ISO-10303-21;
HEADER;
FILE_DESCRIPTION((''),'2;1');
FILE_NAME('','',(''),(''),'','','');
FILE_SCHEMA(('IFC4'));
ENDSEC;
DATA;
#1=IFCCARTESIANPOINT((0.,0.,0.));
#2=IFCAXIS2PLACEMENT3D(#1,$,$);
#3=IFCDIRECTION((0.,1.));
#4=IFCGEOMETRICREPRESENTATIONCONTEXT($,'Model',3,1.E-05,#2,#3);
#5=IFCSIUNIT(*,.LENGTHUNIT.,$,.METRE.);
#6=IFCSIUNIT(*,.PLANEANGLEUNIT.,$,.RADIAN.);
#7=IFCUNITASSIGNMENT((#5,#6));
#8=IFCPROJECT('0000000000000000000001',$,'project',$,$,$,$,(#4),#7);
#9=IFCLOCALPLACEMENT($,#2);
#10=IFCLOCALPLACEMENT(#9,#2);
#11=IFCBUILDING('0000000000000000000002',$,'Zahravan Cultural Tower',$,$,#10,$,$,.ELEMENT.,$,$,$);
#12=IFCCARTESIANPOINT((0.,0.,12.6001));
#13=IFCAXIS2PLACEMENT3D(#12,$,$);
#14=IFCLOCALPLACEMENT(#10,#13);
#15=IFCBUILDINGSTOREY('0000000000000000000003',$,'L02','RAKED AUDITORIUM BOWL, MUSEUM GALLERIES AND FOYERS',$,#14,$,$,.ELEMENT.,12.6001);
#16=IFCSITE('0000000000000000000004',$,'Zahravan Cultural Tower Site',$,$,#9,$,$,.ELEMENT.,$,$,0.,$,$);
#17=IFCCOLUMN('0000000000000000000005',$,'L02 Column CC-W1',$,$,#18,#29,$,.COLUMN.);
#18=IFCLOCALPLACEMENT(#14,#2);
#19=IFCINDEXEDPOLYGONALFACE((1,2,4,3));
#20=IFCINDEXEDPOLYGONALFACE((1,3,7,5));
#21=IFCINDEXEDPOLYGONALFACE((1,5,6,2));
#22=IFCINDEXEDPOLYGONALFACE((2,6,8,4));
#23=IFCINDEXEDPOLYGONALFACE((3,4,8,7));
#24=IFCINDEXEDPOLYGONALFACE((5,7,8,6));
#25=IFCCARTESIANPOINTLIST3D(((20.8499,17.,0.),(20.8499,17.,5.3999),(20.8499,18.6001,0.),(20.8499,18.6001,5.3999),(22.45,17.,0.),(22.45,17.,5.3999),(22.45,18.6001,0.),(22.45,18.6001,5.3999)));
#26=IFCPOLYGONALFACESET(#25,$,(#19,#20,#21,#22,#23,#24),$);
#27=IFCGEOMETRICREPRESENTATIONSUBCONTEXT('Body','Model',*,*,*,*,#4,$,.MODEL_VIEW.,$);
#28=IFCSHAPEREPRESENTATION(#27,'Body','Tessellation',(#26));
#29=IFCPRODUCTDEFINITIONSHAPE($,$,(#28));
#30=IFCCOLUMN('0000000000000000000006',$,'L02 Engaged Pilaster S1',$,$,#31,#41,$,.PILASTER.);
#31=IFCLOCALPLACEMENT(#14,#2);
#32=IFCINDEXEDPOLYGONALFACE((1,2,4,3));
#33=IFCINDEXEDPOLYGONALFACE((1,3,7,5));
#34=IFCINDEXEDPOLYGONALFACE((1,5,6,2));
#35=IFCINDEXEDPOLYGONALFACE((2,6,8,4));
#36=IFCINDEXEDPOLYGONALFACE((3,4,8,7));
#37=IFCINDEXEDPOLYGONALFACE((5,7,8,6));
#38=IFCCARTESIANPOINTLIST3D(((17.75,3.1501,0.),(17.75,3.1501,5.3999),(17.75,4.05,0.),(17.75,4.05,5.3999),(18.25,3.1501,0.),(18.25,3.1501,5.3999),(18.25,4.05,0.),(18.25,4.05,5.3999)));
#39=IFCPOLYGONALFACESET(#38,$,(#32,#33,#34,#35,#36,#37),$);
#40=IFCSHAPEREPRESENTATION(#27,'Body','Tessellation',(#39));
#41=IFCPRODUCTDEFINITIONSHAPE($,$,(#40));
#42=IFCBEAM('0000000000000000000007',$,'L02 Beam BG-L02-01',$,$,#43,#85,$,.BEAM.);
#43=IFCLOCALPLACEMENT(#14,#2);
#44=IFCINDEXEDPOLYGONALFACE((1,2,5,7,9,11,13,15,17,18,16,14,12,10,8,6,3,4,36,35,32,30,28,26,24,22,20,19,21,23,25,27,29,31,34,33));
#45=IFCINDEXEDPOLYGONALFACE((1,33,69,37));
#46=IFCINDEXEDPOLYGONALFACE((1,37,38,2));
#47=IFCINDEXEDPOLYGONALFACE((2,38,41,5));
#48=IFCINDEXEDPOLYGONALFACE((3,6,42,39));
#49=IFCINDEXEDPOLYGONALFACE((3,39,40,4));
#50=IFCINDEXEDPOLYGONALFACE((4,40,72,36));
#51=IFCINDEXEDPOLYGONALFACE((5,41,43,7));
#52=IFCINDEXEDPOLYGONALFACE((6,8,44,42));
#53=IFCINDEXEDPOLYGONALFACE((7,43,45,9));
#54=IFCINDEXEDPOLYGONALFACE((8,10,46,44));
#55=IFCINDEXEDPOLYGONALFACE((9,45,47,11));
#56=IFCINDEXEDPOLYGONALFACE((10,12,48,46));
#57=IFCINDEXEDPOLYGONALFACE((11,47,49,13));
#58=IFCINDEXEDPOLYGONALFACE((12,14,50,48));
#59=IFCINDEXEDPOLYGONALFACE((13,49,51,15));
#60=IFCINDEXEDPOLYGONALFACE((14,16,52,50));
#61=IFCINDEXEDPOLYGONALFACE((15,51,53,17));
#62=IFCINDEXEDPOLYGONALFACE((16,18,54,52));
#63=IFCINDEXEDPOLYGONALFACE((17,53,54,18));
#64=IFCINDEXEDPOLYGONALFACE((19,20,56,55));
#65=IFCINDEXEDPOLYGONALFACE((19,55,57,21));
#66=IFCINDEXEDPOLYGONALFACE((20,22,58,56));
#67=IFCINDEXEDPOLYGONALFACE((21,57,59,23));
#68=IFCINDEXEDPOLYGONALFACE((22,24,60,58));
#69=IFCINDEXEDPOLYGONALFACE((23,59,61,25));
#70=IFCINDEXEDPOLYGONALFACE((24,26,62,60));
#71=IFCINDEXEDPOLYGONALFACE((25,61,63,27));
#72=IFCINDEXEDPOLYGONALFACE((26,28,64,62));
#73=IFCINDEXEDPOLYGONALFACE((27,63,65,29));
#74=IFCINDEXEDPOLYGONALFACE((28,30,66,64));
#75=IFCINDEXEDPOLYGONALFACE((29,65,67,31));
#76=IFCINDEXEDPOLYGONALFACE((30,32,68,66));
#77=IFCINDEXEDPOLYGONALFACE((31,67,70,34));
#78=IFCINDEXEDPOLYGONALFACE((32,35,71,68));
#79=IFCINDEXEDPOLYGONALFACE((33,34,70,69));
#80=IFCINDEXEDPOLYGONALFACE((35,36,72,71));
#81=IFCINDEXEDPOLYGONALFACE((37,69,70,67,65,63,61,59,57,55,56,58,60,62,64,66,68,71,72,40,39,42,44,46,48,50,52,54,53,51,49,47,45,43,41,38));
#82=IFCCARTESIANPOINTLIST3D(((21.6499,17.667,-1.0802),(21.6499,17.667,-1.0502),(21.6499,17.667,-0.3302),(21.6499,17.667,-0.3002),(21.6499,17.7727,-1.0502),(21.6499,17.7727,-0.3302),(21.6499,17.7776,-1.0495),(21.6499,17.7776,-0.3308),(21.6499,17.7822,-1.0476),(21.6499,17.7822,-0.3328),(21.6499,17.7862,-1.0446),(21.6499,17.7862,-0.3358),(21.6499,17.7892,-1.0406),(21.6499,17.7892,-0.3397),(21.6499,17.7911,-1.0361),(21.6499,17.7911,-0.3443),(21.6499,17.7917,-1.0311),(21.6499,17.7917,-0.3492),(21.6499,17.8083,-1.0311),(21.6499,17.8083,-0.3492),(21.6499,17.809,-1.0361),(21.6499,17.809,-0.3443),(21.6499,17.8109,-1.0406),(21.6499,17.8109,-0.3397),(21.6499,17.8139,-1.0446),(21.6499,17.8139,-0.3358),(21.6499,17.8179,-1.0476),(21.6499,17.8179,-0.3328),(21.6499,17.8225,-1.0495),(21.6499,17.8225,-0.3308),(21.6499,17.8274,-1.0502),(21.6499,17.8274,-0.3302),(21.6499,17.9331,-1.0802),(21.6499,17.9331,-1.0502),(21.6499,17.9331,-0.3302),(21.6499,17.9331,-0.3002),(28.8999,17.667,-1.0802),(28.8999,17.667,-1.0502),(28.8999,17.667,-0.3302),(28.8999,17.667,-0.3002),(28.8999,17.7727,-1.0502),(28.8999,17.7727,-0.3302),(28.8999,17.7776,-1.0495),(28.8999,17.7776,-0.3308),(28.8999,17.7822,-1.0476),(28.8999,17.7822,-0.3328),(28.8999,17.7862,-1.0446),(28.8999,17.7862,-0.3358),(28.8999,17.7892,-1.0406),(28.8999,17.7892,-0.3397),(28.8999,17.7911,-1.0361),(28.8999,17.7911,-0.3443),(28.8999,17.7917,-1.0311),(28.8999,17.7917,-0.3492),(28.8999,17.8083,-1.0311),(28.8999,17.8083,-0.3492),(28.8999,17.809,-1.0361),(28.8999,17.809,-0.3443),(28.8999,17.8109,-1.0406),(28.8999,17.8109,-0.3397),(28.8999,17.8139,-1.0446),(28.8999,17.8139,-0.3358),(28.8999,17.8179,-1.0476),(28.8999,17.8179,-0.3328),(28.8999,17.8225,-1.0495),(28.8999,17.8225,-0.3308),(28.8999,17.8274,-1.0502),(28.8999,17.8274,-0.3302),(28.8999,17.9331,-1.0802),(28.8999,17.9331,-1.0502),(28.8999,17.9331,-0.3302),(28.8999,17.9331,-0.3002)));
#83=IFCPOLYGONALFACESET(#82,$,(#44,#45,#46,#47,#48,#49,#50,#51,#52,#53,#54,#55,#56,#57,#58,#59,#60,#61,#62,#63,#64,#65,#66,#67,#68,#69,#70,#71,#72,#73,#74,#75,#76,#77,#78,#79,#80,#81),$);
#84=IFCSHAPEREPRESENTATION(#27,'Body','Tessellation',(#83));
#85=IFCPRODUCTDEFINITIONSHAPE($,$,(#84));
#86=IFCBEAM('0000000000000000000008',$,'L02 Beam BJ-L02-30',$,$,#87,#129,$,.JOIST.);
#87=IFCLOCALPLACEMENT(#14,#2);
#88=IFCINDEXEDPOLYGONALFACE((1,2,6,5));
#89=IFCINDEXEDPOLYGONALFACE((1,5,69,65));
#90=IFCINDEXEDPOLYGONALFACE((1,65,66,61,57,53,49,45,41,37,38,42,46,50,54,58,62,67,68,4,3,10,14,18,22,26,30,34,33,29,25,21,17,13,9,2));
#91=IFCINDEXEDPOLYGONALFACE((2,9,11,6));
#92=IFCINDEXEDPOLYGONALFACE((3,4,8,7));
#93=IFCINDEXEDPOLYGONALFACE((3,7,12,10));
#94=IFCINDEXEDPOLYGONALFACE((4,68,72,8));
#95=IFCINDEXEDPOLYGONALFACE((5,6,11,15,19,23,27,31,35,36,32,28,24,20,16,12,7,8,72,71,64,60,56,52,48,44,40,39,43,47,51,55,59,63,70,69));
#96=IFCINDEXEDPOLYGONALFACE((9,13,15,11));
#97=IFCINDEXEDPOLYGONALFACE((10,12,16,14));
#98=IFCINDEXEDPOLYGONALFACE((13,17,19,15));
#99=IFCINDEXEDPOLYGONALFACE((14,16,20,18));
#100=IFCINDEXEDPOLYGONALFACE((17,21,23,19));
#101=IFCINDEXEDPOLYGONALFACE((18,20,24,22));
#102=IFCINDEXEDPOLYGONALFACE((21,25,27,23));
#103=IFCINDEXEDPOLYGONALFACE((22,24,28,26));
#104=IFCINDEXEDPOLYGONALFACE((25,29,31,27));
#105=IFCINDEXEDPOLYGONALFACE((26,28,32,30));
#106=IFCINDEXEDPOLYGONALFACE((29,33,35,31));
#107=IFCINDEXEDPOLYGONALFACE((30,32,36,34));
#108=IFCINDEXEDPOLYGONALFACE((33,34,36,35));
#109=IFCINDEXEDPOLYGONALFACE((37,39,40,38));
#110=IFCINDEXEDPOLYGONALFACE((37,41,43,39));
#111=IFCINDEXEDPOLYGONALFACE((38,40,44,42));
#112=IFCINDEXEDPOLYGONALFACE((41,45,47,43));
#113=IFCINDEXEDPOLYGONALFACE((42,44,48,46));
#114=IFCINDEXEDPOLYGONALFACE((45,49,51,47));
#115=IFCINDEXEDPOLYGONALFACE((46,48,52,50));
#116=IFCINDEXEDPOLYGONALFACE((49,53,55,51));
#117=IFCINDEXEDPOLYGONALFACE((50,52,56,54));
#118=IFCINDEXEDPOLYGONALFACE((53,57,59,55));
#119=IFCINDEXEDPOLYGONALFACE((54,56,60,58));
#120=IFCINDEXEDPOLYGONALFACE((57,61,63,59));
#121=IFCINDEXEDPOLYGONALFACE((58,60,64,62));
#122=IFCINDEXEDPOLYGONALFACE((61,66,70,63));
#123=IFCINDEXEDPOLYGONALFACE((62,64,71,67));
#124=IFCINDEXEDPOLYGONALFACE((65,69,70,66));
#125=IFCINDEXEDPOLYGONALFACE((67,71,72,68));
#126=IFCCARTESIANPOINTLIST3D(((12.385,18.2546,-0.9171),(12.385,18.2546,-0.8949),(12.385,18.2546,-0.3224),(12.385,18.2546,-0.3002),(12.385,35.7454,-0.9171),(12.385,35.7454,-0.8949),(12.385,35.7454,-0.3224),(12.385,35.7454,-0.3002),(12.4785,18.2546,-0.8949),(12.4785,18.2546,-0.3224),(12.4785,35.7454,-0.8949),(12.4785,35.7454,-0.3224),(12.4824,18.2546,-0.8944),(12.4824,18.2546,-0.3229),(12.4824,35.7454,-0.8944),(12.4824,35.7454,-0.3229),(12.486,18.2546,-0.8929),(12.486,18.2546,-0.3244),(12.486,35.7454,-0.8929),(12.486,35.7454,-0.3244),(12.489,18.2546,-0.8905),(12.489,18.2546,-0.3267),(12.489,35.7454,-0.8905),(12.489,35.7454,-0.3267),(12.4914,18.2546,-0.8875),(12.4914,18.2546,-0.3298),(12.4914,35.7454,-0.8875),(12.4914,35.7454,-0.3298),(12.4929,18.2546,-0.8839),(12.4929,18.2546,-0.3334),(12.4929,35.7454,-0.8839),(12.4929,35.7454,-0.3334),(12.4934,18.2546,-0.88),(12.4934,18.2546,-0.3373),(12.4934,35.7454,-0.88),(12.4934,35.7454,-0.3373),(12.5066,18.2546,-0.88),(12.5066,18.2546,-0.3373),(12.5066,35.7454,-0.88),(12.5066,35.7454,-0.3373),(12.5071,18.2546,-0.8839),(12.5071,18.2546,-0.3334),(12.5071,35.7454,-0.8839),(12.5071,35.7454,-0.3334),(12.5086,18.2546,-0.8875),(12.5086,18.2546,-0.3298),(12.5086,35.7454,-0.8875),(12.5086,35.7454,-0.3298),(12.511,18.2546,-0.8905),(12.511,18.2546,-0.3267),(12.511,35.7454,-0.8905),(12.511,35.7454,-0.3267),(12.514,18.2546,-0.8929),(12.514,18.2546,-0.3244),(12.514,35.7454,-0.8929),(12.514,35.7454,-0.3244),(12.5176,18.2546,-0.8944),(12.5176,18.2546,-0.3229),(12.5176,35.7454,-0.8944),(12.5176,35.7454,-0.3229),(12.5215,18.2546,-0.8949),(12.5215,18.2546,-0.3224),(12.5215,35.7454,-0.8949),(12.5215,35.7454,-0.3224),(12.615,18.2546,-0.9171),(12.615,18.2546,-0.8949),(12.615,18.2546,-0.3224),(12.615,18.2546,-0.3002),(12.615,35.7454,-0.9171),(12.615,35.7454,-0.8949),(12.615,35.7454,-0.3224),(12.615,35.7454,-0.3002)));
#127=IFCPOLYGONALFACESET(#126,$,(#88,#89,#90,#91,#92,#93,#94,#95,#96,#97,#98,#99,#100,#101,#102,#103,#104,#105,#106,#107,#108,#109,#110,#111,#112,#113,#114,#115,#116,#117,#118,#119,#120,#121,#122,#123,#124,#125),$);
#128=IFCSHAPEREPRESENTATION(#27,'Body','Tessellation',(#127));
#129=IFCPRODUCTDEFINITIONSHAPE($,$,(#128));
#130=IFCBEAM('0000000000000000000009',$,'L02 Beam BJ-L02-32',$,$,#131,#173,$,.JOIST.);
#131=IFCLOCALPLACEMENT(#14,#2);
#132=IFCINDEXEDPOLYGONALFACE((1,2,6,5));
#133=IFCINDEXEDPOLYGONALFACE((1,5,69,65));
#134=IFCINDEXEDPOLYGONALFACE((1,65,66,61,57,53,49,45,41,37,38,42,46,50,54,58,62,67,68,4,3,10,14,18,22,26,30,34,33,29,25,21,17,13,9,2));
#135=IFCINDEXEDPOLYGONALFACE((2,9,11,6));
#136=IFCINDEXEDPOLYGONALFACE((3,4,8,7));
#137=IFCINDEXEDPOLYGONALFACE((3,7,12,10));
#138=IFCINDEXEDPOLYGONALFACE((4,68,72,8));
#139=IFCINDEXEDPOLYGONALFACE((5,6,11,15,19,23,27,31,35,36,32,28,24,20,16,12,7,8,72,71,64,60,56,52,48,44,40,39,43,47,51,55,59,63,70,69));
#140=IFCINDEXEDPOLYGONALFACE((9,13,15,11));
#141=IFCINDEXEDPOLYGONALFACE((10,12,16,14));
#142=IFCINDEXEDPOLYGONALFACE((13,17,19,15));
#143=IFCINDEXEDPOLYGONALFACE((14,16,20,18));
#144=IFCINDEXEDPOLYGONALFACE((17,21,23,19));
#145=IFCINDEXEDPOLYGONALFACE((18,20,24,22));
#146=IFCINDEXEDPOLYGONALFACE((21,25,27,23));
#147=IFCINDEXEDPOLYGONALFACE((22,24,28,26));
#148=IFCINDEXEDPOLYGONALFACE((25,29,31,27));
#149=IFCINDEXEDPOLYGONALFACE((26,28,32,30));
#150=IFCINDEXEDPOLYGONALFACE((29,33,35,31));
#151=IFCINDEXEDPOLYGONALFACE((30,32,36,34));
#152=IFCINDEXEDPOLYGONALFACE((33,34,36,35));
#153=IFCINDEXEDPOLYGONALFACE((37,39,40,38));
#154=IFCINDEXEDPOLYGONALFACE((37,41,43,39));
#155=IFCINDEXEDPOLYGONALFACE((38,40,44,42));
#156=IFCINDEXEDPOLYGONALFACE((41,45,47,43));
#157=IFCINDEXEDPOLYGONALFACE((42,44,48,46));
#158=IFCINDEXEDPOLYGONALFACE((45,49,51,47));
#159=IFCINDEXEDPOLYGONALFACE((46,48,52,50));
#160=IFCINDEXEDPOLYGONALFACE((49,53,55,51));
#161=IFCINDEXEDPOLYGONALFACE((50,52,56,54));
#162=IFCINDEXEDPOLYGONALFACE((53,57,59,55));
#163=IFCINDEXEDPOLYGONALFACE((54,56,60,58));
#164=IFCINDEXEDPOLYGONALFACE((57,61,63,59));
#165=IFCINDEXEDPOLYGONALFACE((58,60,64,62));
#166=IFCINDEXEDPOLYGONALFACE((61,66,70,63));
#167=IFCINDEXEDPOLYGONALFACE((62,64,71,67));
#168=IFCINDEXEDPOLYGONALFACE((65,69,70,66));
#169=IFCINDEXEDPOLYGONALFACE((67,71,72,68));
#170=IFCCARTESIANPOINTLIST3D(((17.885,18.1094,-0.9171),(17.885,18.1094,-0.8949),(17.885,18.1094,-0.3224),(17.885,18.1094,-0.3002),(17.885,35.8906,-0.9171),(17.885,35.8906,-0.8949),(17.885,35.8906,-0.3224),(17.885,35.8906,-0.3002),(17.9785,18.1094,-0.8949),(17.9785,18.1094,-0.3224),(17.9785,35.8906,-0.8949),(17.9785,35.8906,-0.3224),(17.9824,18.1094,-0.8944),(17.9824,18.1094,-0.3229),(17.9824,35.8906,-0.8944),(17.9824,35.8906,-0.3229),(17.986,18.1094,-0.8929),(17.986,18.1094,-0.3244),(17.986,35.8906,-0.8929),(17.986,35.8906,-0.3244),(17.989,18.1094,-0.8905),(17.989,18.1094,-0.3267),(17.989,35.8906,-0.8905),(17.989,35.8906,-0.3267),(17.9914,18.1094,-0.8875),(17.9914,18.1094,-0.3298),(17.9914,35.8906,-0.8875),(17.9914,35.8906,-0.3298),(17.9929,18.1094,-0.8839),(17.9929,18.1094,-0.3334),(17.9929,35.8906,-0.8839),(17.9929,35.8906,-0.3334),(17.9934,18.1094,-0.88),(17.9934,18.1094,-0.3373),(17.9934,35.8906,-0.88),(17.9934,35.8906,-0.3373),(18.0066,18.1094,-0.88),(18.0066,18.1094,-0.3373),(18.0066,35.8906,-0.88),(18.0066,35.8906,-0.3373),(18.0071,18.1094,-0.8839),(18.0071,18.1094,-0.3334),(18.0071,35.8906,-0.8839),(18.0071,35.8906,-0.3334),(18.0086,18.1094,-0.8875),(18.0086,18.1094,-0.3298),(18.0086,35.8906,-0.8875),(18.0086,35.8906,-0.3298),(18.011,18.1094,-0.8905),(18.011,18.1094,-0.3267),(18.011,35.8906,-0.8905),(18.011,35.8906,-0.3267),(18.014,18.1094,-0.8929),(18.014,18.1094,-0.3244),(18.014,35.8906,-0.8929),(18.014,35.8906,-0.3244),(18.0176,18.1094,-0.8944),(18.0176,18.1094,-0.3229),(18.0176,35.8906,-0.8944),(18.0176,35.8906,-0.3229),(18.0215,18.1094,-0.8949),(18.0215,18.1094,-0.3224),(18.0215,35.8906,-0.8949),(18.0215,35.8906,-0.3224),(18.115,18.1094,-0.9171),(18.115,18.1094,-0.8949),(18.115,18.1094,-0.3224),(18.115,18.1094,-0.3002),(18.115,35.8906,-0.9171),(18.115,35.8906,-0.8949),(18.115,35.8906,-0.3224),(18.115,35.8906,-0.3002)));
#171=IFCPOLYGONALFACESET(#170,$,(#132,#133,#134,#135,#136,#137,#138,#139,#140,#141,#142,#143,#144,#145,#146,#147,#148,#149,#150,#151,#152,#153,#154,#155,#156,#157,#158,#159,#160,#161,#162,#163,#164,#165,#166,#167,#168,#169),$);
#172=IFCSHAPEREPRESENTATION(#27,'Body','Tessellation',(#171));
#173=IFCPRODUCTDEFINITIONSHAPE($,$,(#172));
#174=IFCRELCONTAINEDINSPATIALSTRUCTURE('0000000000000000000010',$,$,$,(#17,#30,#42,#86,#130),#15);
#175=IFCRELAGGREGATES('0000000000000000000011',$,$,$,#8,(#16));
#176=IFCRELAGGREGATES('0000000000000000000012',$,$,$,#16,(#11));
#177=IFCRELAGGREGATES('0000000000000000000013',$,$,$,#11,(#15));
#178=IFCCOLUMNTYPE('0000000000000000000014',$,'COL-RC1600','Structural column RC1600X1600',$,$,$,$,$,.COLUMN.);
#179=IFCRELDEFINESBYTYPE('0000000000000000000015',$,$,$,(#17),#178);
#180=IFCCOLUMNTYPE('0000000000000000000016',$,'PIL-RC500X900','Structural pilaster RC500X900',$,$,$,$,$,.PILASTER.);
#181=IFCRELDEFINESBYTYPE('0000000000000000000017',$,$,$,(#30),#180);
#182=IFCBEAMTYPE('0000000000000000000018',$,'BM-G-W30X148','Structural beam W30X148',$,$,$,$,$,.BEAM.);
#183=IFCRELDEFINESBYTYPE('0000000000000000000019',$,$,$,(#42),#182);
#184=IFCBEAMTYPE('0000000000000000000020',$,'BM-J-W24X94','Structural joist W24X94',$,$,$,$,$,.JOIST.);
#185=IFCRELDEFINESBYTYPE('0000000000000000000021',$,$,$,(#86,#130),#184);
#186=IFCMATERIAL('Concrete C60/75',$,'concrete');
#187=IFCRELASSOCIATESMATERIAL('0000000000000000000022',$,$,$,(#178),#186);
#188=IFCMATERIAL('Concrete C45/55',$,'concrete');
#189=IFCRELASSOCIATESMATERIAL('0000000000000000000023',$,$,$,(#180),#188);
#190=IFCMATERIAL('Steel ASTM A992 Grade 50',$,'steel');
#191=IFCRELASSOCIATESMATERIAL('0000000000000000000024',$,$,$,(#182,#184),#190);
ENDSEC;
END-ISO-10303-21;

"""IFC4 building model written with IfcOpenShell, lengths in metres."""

from ifc_helpers import new_model, si_unit, direction, frame, origin, origin_2d, place, context, subcontext, project, spatial, rectangle, i_section, extrude, source, transform, mapped, material, material_profile, profile_set, type_object, element, save


model = new_model("IFC4")

# Units and contexts
model_context = context("Model", 3, precision=1e-05, world=origin(), true_north=direction((0.0, 1.0)))
body_context = subcontext(model_context, "Body", "Model", "MODEL_VIEW")
ifc_project = project(units=[si_unit("LENGTHUNIT", "METRE"), si_unit("PLANEANGLEUNIT", "RADIAN")], contexts=[model_context])

# Site, building, storey
site_placement = place(None, origin())
site = spatial("IfcSite", under=ifc_project, at=site_placement, Name="Zahravan Cultural Tower Site", CompositionType="ELEMENT", RefElevation=0.0)
building_placement = place(site_placement, origin())
building = spatial("IfcBuilding", under=site, at=building_placement, Name="Zahravan Cultural Tower", CompositionType="ELEMENT")
storey_placement = place(building_placement, frame((0.0, 0.0, 12.6001)))
storey = spatial("IfcBuildingStorey", under=building, at=storey_placement, Name="L02", Description="RAKED AUDITORIUM BOWL, MUSEUM GALLERIES AND FOYERS", CompositionType="ELEMENT", Elevation=12.6001)

# Columns
ifc_material_1 = material(Name="Concrete C60/75", Category="concrete")
ifc_material_profile_1 = material_profile(ifc_material_1, rectangle(XDim=1.6001, YDim=1.6001, at=origin_2d()), Name="RC1600X1600")
ifc_profile_set_1 = profile_set([ifc_material_profile_1], Name="Concrete C60/75")
column_type_1 = type_object("IfcColumnType", Name="COL-RC1600", Description="Structural column RC1600X1600", PredefinedType="COLUMN", material=ifc_profile_set_1)
shared_shape_1 = source(origin(), body_context, "Body", "SweptSolid", [
    extrude(rectangle(XDim=1.6001, YDim=1.6001, at=origin_2d()), origin(), (0.0, 0.0, 1.0), 5.3999),
])
column_1_placement = place(storey_placement, frame((21.6499, 17.8, 0.0), z_axis=(0.0, 0.0, 1.0), x_axis=(1.0, 0.0, 0.0)))
element("IfcColumn", 1, at=column_1_placement, inside=storey, type_object=column_type_1, Name="L02 Column CC-W1", PredefinedType="COLUMN", context=body_context, shape_type="MappedRepresentation", body=[
    mapped(shared_shape_1, transform((0.0, 0.0, 0.0), x_axis=(1.0, 0.0, 0.0), y_axis=(0.0, 1.0, 0.0), z_axis=(0.0, 0.0, 1.0), scale=1.0)),
])
ifc_material_2 = material(Name="Concrete C45/55", Category="concrete")
ifc_material_profile_2 = material_profile(ifc_material_2, rectangle(XDim=0.5, YDim=0.8999, at=origin_2d()), Name="RC500X900")
ifc_profile_set_2 = profile_set([ifc_material_profile_2], Name="Concrete C45/55")
column_type_2 = type_object("IfcColumnType", Name="PIL-RC500X900", Description="Structural pilaster RC500X900", PredefinedType="PILASTER", material=ifc_profile_set_2)
shared_shape_2 = source(origin(), body_context, "Body", "SweptSolid", [
    extrude(rectangle(XDim=0.5, YDim=0.8999, at=origin_2d()), origin(), (0.0, 0.0, 1.0), 5.3999),
])
column_2_placement = place(storey_placement, frame((18.0, 3.6001, 0.0), z_axis=(0.0, 0.0, 1.0), x_axis=(1.0, 0.0, 0.0)))
element("IfcColumn", 2, at=column_2_placement, inside=storey, type_object=column_type_2, Name="L02 Engaged Pilaster S1", PredefinedType="PILASTER", context=body_context, shape_type="MappedRepresentation", body=[
    mapped(shared_shape_2, transform((0.0, 0.0, 0.0), x_axis=(1.0, 0.0, 0.0), y_axis=(0.0, 1.0, 0.0), z_axis=(0.0, 0.0, 1.0), scale=1.0)),
])

# Beams
ifc_material_3 = material(Name="Steel ASTM A992 Grade 50", Category="steel")
ifc_material_profile_3 = material_profile(ifc_material_3, i_section(OverallWidth=0.2661, OverallDepth=0.78, WebThickness=0.0166, FlangeThickness=0.03, FilletRadius=0.019, at=origin_2d()), Name="W30X148")
ifc_profile_set_3 = profile_set([ifc_material_profile_3], Name="Steel ASTM A992 Grade 50")
beam_type_1 = type_object("IfcBeamType", Name="BM-G-W30X148", Description="Structural beam W30X148", PredefinedType="BEAM", material=ifc_profile_set_3)
shared_shape_3 = source(origin(), body_context, "Body", "SweptSolid", [
    extrude(i_section(OverallWidth=0.2661, OverallDepth=0.78, WebThickness=0.0166, FlangeThickness=0.03, FilletRadius=0.019, at=origin_2d()), origin(), (0.0, 0.0, 1.0), 7.25),
])
beam_1_placement = place(storey_placement, frame((21.6499, 17.8, -0.6902), z_axis=(1.0, 0.0, 0.0), x_axis=(0.0, 1.0, 0.0)))
element("IfcBeam", 3, at=beam_1_placement, inside=storey, type_object=beam_type_1, Name="L02 Beam BG-L02-01", PredefinedType="BEAM", context=body_context, shape_type="MappedRepresentation", body=[
    mapped(shared_shape_3, transform((0.0, 0.0, 0.0), x_axis=(1.0, 0.0, 0.0), y_axis=(0.0, 1.0, 0.0), z_axis=(0.0, 0.0, 1.0), scale=1.0)),
])
ifc_material_profile_4 = material_profile(ifc_material_3, i_section(OverallWidth=0.23, OverallDepth=0.6169, WebThickness=0.0132, FlangeThickness=0.0222, FilletRadius=0.0149, at=origin_2d()), Name="W24X94")
ifc_profile_set_4 = profile_set([ifc_material_profile_4], Name="Steel ASTM A992 Grade 50")
beam_type_2 = type_object("IfcBeamType", Name="BM-J-W24X94", Description="Structural joist W24X94", PredefinedType="JOIST", material=ifc_profile_set_4)
shared_shape_4 = source(origin(), body_context, "Body", "SweptSolid", [
    extrude(i_section(OverallWidth=0.23, OverallDepth=0.6169, WebThickness=0.0132, FlangeThickness=0.0222, FilletRadius=0.0149, at=origin_2d()), origin(), (0.0, 0.0, 1.0), 17.4907),
])
beam_2_placement = place(storey_placement, frame((12.5, 18.2546, -0.6086), z_axis=(0.0, 1.0, 0.0), x_axis=(-1.0, 0.0, 0.0)))
element("IfcBeam", 4, at=beam_2_placement, inside=storey, type_object=beam_type_2, Name="L02 Beam BJ-L02-30", PredefinedType="JOIST", context=body_context, shape_type="MappedRepresentation", body=[
    mapped(shared_shape_4, transform((0.0, 0.0, 0.0), x_axis=(1.0, 0.0, 0.0), y_axis=(0.0, 1.0, 0.0), z_axis=(0.0, 0.0, 1.0), scale=1.0)),
])
shared_shape_5 = source(origin(), body_context, "Body", "SweptSolid", [
    extrude(i_section(OverallWidth=0.23, OverallDepth=0.6169, WebThickness=0.0132, FlangeThickness=0.0222, FilletRadius=0.0149, at=origin_2d()), origin(), (0.0, 0.0, 1.0), 17.7812),
])
beam_3_placement = place(storey_placement, frame((18.0, 18.1094, -0.6086), z_axis=(0.0, 1.0, 0.0), x_axis=(-1.0, 0.0, 0.0)))
element("IfcBeam", 5, at=beam_3_placement, inside=storey, type_object=beam_type_2, Name="L02 Beam BJ-L02-32", PredefinedType="JOIST", context=body_context, shape_type="MappedRepresentation", body=[
    mapped(shared_shape_5, transform((0.0, 0.0, 0.0), x_axis=(1.0, 0.0, 0.0), y_axis=(0.0, 1.0, 0.0), z_axis=(0.0, 0.0, 1.0), scale=1.0)),
])

save(model, "model.ifc")
